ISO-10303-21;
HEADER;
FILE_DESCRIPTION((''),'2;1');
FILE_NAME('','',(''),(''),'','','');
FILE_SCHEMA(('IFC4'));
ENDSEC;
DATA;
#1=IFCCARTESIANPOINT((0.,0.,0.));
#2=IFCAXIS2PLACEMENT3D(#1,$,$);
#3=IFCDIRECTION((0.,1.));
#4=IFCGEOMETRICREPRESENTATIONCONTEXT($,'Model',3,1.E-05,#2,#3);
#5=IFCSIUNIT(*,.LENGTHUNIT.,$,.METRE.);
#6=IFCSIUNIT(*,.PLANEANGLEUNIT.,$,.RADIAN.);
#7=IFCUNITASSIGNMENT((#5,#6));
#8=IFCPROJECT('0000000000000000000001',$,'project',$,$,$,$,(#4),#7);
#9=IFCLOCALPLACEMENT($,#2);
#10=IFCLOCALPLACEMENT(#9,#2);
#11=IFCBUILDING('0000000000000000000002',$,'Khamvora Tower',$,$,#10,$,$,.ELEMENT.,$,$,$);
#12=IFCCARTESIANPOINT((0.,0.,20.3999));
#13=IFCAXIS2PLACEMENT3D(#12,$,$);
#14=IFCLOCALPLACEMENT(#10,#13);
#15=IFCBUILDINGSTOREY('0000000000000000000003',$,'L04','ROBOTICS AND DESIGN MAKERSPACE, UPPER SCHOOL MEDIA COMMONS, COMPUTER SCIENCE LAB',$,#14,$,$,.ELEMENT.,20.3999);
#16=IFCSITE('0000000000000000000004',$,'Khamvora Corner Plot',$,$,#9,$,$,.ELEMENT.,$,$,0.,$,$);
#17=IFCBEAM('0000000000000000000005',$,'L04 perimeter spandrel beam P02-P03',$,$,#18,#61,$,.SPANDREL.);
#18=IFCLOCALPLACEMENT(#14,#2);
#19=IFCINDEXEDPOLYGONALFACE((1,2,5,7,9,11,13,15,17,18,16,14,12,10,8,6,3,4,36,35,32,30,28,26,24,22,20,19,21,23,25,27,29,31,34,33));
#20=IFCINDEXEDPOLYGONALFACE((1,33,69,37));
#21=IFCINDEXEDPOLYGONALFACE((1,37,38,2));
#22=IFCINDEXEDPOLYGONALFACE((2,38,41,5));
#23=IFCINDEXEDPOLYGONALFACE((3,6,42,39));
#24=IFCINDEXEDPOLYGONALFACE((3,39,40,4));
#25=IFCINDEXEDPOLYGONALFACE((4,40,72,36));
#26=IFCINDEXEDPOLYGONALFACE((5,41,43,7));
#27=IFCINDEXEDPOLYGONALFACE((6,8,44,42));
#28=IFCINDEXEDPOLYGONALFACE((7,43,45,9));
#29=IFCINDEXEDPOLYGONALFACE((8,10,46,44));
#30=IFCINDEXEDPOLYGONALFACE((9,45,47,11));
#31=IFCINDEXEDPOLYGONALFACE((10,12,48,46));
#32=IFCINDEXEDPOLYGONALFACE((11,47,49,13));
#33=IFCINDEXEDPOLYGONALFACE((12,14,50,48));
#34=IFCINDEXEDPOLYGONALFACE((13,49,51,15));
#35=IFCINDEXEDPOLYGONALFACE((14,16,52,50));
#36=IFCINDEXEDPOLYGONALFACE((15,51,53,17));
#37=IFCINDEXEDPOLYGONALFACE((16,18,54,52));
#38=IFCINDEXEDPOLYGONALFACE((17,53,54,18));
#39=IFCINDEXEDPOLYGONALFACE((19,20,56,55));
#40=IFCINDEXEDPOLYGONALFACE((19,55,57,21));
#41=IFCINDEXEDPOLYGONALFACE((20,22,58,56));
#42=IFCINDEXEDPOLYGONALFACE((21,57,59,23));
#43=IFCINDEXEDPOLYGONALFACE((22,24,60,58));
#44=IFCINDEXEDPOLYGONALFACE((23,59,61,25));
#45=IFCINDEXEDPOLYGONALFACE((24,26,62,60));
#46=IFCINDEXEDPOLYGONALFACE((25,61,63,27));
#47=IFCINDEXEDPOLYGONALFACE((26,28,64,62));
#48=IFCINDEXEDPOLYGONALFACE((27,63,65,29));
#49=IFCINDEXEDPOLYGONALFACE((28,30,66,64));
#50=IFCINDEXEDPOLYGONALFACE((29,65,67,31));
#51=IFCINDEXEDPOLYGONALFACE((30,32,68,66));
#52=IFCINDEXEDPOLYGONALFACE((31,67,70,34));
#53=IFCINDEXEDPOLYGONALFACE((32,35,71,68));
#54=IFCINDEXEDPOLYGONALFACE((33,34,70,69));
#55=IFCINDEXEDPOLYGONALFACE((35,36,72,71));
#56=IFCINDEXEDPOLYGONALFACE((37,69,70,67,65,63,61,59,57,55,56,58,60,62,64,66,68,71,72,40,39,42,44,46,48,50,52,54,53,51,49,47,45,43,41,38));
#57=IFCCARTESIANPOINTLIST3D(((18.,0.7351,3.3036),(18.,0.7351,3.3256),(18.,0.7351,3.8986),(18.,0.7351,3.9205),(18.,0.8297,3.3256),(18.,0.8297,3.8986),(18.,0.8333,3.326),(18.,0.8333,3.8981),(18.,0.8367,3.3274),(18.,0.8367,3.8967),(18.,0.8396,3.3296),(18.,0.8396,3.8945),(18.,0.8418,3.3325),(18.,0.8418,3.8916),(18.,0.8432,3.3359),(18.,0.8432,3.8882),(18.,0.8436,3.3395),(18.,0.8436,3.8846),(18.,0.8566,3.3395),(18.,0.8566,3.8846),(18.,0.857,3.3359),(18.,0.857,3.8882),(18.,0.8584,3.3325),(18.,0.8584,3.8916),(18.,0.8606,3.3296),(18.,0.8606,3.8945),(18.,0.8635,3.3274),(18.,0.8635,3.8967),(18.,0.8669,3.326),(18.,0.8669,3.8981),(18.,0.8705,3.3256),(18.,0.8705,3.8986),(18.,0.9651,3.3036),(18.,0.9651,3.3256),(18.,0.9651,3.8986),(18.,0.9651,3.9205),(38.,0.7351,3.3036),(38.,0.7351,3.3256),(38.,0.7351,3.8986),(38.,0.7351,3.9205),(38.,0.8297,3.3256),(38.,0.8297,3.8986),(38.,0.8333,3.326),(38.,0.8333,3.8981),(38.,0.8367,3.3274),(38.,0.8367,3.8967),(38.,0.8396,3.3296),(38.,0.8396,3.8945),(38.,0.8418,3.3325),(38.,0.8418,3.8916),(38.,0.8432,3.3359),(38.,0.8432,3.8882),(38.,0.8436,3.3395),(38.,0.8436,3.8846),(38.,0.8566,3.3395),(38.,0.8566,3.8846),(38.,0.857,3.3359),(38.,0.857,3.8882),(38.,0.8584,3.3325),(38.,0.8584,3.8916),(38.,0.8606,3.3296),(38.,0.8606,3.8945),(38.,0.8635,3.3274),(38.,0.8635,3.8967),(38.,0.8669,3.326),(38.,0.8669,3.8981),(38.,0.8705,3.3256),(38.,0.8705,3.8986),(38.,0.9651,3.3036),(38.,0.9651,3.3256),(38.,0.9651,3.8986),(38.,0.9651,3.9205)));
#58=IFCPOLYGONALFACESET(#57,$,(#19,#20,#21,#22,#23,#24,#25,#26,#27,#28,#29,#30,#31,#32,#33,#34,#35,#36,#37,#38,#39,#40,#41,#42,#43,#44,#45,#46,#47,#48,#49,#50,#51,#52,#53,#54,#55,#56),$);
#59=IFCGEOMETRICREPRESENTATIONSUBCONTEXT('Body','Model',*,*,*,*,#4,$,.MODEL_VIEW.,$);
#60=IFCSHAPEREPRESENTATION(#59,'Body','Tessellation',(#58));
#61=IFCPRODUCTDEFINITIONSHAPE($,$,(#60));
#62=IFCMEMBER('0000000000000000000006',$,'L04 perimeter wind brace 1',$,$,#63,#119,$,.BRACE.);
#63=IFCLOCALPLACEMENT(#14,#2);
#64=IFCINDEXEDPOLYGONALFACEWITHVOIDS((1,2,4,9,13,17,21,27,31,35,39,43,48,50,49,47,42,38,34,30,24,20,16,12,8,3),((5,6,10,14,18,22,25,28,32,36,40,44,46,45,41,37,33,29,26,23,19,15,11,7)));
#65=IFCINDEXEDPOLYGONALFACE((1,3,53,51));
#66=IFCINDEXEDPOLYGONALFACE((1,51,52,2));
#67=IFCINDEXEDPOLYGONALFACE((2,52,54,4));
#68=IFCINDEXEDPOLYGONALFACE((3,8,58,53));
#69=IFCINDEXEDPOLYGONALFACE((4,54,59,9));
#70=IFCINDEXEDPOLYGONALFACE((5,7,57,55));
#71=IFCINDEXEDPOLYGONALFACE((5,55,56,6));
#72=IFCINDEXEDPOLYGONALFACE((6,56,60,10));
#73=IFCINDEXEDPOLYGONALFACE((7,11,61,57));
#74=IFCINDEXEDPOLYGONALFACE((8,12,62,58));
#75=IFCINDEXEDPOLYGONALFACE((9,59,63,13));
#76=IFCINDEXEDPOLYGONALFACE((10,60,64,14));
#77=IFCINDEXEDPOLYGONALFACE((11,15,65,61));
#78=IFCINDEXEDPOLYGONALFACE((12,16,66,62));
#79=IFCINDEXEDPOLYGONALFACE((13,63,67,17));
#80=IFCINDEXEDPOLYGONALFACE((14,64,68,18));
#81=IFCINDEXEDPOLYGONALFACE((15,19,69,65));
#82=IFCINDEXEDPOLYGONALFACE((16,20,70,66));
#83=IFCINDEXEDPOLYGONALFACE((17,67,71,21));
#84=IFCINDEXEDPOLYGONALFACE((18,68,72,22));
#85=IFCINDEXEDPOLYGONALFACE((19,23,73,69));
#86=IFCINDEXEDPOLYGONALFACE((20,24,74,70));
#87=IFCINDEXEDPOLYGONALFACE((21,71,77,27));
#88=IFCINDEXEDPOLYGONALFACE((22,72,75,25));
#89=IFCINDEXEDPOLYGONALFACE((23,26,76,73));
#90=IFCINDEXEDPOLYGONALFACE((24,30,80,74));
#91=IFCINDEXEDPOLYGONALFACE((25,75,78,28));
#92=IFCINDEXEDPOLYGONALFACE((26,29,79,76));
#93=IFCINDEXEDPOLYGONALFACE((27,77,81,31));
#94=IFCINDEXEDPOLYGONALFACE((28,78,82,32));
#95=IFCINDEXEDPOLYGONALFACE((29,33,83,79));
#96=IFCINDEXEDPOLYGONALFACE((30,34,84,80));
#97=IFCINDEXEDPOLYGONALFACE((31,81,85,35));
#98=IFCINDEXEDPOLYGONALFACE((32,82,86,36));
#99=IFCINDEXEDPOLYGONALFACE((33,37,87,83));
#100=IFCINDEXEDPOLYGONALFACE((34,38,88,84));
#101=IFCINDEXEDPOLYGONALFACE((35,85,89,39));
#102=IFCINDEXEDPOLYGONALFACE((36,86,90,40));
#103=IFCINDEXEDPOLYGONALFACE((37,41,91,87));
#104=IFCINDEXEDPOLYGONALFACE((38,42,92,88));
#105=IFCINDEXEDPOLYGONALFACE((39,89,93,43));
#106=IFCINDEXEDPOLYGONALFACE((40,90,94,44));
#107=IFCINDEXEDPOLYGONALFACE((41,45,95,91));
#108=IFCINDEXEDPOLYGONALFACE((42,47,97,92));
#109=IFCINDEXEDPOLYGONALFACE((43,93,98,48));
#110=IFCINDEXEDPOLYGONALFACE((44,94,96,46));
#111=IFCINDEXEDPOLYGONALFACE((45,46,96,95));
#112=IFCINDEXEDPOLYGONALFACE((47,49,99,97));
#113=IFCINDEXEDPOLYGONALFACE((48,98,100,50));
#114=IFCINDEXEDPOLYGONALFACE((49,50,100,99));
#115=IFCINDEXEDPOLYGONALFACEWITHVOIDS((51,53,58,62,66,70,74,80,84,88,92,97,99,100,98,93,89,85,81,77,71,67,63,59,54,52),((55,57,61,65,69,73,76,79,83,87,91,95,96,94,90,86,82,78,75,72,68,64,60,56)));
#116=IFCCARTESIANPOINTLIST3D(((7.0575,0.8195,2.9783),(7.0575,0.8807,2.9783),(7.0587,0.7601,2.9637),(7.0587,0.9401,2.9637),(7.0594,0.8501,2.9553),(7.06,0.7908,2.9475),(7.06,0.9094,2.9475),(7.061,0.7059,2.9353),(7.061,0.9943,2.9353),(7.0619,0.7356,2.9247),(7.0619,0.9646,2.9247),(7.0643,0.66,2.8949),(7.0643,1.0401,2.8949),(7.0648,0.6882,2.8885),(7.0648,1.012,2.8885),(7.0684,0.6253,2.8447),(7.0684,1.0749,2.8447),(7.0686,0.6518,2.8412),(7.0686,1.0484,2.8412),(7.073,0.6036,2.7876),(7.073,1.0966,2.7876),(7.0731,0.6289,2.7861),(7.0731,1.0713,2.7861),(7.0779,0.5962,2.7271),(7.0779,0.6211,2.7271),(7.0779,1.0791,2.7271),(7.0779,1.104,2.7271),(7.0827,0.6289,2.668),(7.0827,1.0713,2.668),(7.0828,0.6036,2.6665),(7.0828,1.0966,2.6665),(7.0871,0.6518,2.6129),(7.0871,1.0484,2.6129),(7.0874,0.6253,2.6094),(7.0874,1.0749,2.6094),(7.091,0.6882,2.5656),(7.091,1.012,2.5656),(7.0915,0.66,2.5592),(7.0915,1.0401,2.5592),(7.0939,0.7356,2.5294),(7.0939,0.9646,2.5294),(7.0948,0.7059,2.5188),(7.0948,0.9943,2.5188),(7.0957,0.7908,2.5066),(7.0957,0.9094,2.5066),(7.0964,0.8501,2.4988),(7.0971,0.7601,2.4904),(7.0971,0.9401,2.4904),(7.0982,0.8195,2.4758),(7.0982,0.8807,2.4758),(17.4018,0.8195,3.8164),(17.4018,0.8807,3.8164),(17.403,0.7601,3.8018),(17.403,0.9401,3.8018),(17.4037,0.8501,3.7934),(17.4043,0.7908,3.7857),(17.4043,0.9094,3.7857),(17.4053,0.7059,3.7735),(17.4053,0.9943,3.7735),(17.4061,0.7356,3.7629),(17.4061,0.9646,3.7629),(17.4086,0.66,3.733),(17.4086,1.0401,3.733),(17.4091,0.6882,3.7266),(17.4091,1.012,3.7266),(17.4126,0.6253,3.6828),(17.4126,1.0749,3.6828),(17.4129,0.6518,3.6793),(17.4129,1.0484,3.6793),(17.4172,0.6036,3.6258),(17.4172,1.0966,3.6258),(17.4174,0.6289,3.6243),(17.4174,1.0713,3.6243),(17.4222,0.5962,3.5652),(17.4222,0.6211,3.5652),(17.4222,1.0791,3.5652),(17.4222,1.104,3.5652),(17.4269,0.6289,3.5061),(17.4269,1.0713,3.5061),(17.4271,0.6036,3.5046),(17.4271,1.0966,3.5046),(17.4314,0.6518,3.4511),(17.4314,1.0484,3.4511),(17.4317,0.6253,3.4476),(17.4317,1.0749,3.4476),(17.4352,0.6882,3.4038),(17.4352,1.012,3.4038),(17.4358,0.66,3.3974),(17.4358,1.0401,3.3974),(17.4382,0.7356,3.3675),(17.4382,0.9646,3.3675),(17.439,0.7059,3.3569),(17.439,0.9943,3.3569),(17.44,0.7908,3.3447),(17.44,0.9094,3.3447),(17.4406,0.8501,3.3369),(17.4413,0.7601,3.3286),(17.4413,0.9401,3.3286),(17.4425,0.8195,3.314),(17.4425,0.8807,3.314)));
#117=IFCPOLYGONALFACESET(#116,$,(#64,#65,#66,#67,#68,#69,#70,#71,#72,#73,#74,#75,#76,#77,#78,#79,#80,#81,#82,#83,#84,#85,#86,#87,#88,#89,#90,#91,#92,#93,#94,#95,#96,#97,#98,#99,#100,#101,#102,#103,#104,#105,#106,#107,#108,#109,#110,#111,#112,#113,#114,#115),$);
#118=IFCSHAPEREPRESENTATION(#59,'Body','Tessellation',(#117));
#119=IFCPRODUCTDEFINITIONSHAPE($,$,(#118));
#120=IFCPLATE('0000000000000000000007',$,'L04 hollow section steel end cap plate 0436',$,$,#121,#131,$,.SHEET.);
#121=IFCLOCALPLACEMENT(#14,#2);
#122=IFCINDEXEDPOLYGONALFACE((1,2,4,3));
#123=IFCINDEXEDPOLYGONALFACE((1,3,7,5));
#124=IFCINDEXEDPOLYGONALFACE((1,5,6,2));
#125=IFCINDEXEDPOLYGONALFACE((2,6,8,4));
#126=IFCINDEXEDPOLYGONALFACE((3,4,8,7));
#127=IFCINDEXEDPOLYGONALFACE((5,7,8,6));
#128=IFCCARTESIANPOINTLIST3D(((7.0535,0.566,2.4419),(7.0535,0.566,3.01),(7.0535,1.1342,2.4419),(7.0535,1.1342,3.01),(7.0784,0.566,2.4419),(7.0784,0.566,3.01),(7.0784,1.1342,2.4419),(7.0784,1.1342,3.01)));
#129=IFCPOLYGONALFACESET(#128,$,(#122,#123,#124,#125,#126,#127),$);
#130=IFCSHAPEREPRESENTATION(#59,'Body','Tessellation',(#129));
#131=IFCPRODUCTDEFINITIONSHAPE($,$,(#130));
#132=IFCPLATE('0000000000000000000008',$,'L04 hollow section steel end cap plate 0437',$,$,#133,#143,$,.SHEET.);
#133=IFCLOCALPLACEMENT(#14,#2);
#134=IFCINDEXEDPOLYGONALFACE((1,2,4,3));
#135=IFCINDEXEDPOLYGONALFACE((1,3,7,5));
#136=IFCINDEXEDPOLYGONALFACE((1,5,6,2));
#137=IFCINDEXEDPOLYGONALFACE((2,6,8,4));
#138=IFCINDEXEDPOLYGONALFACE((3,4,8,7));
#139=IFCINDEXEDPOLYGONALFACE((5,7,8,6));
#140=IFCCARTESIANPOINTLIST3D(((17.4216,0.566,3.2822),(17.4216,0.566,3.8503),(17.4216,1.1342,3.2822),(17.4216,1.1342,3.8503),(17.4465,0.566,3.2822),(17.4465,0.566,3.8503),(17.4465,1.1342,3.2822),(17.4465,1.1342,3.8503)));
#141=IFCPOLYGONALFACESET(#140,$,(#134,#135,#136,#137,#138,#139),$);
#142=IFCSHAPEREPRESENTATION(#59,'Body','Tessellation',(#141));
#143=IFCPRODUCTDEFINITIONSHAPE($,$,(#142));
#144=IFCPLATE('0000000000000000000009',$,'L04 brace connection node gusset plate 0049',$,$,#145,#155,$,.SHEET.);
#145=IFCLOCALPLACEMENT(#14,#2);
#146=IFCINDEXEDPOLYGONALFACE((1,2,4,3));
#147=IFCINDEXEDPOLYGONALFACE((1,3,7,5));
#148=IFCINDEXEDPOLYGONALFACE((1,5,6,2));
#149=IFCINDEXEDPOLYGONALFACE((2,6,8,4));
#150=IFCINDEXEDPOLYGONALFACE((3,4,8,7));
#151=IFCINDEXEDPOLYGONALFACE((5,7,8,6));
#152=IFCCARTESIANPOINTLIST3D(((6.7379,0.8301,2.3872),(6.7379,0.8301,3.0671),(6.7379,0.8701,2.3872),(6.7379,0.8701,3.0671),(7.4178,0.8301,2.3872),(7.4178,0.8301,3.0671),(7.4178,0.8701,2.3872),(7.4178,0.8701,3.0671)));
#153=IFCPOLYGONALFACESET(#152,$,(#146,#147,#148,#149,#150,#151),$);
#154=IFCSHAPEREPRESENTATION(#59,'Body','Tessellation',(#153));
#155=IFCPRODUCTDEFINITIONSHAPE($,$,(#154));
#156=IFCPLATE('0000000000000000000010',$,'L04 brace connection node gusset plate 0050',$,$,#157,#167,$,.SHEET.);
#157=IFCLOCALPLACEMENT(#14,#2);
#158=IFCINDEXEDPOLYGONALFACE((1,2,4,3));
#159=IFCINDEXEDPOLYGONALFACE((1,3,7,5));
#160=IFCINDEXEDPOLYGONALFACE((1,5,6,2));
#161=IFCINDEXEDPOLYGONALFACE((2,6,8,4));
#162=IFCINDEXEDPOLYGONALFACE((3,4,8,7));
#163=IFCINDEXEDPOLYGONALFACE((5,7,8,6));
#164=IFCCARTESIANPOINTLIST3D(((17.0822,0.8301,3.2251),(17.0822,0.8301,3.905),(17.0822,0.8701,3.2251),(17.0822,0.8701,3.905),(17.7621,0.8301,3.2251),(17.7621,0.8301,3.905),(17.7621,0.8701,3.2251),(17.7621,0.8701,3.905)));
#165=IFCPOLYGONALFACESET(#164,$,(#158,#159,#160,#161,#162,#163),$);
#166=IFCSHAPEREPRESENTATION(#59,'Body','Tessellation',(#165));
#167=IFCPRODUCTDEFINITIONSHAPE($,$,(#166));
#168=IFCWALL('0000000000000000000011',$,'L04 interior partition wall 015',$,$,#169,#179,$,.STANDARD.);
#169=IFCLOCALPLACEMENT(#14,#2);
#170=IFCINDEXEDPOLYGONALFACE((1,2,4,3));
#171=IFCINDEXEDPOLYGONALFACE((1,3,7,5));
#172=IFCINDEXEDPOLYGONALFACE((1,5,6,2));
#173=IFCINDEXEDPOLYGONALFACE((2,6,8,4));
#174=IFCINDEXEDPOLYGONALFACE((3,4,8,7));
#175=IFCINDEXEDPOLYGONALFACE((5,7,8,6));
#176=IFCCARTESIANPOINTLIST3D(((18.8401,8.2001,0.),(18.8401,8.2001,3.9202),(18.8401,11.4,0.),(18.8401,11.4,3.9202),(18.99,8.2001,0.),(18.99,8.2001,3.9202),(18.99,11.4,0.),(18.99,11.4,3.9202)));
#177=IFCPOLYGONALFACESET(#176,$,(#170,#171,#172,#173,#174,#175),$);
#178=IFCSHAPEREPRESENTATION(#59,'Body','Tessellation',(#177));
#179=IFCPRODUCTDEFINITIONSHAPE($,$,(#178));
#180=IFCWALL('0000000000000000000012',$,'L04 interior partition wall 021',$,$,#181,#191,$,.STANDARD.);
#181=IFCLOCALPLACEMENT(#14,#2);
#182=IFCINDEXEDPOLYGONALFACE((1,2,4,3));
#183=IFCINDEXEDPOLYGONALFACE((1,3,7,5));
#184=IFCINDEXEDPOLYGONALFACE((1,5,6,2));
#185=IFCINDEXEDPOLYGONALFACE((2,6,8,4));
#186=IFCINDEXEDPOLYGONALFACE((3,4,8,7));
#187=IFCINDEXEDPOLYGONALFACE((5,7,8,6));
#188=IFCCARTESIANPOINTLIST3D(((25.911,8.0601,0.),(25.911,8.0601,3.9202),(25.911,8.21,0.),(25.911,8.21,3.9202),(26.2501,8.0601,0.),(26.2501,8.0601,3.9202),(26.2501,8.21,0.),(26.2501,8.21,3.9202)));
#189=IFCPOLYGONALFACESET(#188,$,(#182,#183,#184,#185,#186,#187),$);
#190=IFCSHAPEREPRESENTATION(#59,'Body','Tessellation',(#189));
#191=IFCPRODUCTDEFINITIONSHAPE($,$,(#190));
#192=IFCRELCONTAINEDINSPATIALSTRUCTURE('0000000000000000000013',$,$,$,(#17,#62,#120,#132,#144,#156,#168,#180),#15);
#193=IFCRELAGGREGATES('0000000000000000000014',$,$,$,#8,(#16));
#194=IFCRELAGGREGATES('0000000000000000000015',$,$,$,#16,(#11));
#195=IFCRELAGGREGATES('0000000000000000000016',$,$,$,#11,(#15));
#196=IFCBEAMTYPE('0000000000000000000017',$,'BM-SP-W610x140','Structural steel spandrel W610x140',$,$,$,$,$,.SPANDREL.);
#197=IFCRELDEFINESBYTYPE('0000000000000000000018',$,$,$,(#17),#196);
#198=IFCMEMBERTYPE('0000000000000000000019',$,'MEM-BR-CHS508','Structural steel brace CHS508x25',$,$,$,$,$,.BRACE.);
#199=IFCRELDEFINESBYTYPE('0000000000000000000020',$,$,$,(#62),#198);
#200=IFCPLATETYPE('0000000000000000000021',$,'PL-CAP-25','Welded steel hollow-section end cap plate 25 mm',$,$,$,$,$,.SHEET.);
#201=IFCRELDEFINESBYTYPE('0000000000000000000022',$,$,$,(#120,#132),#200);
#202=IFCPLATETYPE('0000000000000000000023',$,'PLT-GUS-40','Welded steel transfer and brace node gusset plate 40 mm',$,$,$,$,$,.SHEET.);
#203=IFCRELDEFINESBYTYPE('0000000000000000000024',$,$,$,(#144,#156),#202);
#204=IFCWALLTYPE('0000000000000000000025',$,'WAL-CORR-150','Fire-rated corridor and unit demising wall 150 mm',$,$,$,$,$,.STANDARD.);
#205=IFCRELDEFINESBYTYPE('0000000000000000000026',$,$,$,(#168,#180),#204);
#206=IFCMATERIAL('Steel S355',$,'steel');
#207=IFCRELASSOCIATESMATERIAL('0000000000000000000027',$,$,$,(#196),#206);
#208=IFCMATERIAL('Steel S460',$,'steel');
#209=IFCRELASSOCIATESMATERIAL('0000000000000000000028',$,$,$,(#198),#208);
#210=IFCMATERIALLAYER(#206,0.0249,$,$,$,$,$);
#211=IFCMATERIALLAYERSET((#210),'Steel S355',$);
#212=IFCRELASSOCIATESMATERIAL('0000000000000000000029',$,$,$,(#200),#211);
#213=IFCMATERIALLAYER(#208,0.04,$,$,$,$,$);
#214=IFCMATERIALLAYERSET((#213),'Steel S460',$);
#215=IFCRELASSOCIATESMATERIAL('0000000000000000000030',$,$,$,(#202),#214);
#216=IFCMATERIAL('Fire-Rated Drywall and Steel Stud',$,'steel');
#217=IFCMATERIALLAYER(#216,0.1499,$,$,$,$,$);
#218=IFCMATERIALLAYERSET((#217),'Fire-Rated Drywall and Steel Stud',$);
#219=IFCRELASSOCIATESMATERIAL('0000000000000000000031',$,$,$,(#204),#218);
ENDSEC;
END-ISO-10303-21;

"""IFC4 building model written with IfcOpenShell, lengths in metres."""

from ifc_helpers import new_model, si_unit, direction, frame, frame_2d, origin, origin_2d, place, context, subcontext, project, spatial, rectangle, hollow_circle, i_section, extrude, material, layer, layer_set, material_profile, profile_set, type_object, element, save


model = new_model("IFC4")

# Units and contexts
model_context = context("Model", 3, precision=1e-05, world=origin(), true_north=direction((0.0, 1.0)))
body_context = subcontext(model_context, "Body", "Model", "MODEL_VIEW")
ifc_project = project(units=[si_unit("LENGTHUNIT", "METRE"), si_unit("PLANEANGLEUNIT", "RADIAN")], contexts=[model_context])

# Site, building, storey
site_placement = place(None, origin())
site = spatial("IfcSite", under=ifc_project, at=site_placement, Name="Khamvora Corner Plot", CompositionType="ELEMENT", RefElevation=0.0)
building_placement = place(site_placement, origin())
building = spatial("IfcBuilding", under=site, at=building_placement, Name="Khamvora Tower", CompositionType="ELEMENT")
storey_placement = place(building_placement, frame((0.0, 0.0, 20.3999)))
storey = spatial("IfcBuildingStorey", under=building, at=storey_placement, Name="L04", Description="ROBOTICS AND DESIGN MAKERSPACE, UPPER SCHOOL MEDIA COMMONS, COMPUTER SCIENCE LAB", CompositionType="ELEMENT", Elevation=20.3999)

# Shared definitions
ifc_material_1 = material(Name="Steel S460", Category="steel")

# Beam
ifc_material_2 = material(Name="Steel S355", Category="steel")
ifc_material_profile_1 = material_profile(ifc_material_2, i_section(OverallWidth=0.23, OverallDepth=0.6169, WebThickness=0.0129, FlangeThickness=0.022, FilletRadius=0.0139, at=origin_2d()), Name="W610x140")
ifc_profile_set_1 = profile_set([ifc_material_profile_1], Name="Steel S355")
beam_type_1 = type_object("IfcBeamType", Name="BM-SP-W610x140", Description="Structural steel spandrel W610x140", PredefinedType="SPANDREL", material=ifc_profile_set_1)
beam_1_placement = place(storey_placement, frame((18.0, 0.8501, 3.6121), z_axis=(1.0, 0.0, 0.0), x_axis=(0.0, 1.0, 0.0)))
element("IfcBeam", 1, at=beam_1_placement, inside=storey, type_object=beam_type_1, Name="L04 perimeter spandrel beam P02-P03", PredefinedType="SPANDREL", context=body_context, shape_type="SweptSolid", body=[
    extrude(i_section(OverallWidth=0.23, OverallDepth=0.6169, WebThickness=0.0129, FlangeThickness=0.022, FilletRadius=0.0139, at=origin_2d()), origin(), (0.0, 0.0, 1.0), 20.0),
])

# Member
ifc_material_profile_2 = material_profile(ifc_material_1, hollow_circle(Radius=0.2539, WallThickness=0.0249, at=origin_2d()), Name="CHS508x25")
ifc_profile_set_2 = profile_set([ifc_material_profile_2], Name="Steel S460")
member_type = type_object("IfcMemberType", Name="MEM-BR-CHS508", Description="Structural steel brace CHS508x25", PredefinedType="BRACE", material=ifc_profile_set_2)
member_placement = place(storey_placement, frame((7.0779, 0.8501, 2.7271), z_axis=(0.996734, 0.0, 0.08076), x_axis=(0.0, 1.0, 0.0)))
element("IfcMember", 2, at=member_placement, inside=storey, type_object=member_type, Name="L04 perimeter wind brace 1", PredefinedType="BRACE", context=body_context, shape_type="SweptSolid", body=[
    extrude(hollow_circle(Radius=0.2539, WallThickness=0.0249, at=origin_2d()), origin(), (0.0, 0.0, 1.0), 10.3782),
])

# Plates
ifc_layer_1 = layer(ifc_material_2, 0.0249)
ifc_layer_set_1 = layer_set([ifc_layer_1], Name="Steel S355")
plate_type_1 = type_object("IfcPlateType", Name="PL-CAP-25", Description="Welded steel hollow-section end cap plate 25 mm", PredefinedType="SHEET", material=ifc_layer_set_1)
for number, where, z_axis, x_axis, name in (
    (3, (7.0659, 0.8501, 2.4419), (0.0, 0.0, 1.0), (1.0, 0.0, 0.0), "L04 hollow section steel end cap plate 0436"),
    (4, (17.4341, 0.8501, 3.2822), (0.0, 0.0, 1.0), (1.0, 0.0, 0.0), "L04 hollow section steel end cap plate 0437"),
):
    element("IfcPlate", number, at=place(storey_placement, frame(where, z_axis=z_axis, x_axis=x_axis)), inside=storey, type_object=plate_type_1, Name=name, PredefinedType="SHEET", context=body_context, shape_type="SweptSolid", body=[
        extrude(rectangle(XDim=0.0249, YDim=0.5681, at=origin_2d()), origin(), (0.0, 0.0, 1.0), 0.5681),
    ])
ifc_layer_2 = layer(ifc_material_1, 0.04)
ifc_layer_set_2 = layer_set([ifc_layer_2], Name="Steel S460")
plate_type_2 = type_object("IfcPlateType", Name="PLT-GUS-40", Description="Welded steel transfer and brace node gusset plate 40 mm", PredefinedType="SHEET", material=ifc_layer_set_2)
for number, where, z_axis, x_axis, name in (
    (5, (7.0779, 0.8501, 2.3872), (0.0, 0.0, 1.0), (1.0, 0.0, 0.0), "L04 brace connection node gusset plate 0049"),
    (6, (17.4221, 0.8501, 3.2251), (0.0, 0.0, 1.0), (1.0, 0.0, 0.0), "L04 brace connection node gusset plate 0050"),
):
    element("IfcPlate", number, at=place(storey_placement, frame(where, z_axis=z_axis, x_axis=x_axis)), inside=storey, type_object=plate_type_2, Name=name, PredefinedType="SHEET", context=body_context, shape_type="SweptSolid", body=[
        extrude(rectangle(XDim=0.6799, YDim=0.04, at=origin_2d()), origin(), (0.0, 0.0, 1.0), 0.6799),
    ])

# Walls
ifc_material_3 = material(Name="Fire-Rated Drywall and Steel Stud", Category="steel")
ifc_layer_3 = layer(ifc_material_3, 0.1499)
ifc_layer_set_3 = layer_set([ifc_layer_3], Name="Fire-Rated Drywall and Steel Stud")
wall_type_1 = type_object("IfcWallType", Name="WAL-CORR-150", Description="Fire-rated corridor and unit demising wall 150 mm", PredefinedType="STANDARD", material=ifc_layer_set_3)
wall_1_placement = place(storey_placement, frame((18.915, 8.2, 0.0), z_axis=(0.0, 0.0, 1.0), x_axis=(0.0, 1.0, 0.0)))
element("IfcWall", 7, at=wall_1_placement, inside=storey, type_object=wall_type_1, Name="L04 interior partition wall 015", PredefinedType="STANDARD", context=body_context, shape_type="SweptSolid", body=[
    extrude(rectangle(XDim=3.2, YDim=0.1499, at=frame_2d((1.6001, 0.0))), origin(), (0.0, 0.0, 1.0), 3.9202),
])
wall_2_placement = place(storey_placement, frame((26.25, 8.135, 0.0), z_axis=(0.0, 0.0, 1.0), x_axis=(-1.0, 0.0, 0.0)))
element("IfcWall", 8, at=wall_2_placement, inside=storey, type_object=wall_type_1, Name="L04 interior partition wall 021", PredefinedType="STANDARD", context=body_context, shape_type="SweptSolid", body=[
    extrude(rectangle(XDim=0.3391, YDim=0.1499, at=frame_2d((0.1694, 0.0))), origin(), (0.0, 0.0, 1.0), 3.9202),
])

save(model, "model.ifc")
